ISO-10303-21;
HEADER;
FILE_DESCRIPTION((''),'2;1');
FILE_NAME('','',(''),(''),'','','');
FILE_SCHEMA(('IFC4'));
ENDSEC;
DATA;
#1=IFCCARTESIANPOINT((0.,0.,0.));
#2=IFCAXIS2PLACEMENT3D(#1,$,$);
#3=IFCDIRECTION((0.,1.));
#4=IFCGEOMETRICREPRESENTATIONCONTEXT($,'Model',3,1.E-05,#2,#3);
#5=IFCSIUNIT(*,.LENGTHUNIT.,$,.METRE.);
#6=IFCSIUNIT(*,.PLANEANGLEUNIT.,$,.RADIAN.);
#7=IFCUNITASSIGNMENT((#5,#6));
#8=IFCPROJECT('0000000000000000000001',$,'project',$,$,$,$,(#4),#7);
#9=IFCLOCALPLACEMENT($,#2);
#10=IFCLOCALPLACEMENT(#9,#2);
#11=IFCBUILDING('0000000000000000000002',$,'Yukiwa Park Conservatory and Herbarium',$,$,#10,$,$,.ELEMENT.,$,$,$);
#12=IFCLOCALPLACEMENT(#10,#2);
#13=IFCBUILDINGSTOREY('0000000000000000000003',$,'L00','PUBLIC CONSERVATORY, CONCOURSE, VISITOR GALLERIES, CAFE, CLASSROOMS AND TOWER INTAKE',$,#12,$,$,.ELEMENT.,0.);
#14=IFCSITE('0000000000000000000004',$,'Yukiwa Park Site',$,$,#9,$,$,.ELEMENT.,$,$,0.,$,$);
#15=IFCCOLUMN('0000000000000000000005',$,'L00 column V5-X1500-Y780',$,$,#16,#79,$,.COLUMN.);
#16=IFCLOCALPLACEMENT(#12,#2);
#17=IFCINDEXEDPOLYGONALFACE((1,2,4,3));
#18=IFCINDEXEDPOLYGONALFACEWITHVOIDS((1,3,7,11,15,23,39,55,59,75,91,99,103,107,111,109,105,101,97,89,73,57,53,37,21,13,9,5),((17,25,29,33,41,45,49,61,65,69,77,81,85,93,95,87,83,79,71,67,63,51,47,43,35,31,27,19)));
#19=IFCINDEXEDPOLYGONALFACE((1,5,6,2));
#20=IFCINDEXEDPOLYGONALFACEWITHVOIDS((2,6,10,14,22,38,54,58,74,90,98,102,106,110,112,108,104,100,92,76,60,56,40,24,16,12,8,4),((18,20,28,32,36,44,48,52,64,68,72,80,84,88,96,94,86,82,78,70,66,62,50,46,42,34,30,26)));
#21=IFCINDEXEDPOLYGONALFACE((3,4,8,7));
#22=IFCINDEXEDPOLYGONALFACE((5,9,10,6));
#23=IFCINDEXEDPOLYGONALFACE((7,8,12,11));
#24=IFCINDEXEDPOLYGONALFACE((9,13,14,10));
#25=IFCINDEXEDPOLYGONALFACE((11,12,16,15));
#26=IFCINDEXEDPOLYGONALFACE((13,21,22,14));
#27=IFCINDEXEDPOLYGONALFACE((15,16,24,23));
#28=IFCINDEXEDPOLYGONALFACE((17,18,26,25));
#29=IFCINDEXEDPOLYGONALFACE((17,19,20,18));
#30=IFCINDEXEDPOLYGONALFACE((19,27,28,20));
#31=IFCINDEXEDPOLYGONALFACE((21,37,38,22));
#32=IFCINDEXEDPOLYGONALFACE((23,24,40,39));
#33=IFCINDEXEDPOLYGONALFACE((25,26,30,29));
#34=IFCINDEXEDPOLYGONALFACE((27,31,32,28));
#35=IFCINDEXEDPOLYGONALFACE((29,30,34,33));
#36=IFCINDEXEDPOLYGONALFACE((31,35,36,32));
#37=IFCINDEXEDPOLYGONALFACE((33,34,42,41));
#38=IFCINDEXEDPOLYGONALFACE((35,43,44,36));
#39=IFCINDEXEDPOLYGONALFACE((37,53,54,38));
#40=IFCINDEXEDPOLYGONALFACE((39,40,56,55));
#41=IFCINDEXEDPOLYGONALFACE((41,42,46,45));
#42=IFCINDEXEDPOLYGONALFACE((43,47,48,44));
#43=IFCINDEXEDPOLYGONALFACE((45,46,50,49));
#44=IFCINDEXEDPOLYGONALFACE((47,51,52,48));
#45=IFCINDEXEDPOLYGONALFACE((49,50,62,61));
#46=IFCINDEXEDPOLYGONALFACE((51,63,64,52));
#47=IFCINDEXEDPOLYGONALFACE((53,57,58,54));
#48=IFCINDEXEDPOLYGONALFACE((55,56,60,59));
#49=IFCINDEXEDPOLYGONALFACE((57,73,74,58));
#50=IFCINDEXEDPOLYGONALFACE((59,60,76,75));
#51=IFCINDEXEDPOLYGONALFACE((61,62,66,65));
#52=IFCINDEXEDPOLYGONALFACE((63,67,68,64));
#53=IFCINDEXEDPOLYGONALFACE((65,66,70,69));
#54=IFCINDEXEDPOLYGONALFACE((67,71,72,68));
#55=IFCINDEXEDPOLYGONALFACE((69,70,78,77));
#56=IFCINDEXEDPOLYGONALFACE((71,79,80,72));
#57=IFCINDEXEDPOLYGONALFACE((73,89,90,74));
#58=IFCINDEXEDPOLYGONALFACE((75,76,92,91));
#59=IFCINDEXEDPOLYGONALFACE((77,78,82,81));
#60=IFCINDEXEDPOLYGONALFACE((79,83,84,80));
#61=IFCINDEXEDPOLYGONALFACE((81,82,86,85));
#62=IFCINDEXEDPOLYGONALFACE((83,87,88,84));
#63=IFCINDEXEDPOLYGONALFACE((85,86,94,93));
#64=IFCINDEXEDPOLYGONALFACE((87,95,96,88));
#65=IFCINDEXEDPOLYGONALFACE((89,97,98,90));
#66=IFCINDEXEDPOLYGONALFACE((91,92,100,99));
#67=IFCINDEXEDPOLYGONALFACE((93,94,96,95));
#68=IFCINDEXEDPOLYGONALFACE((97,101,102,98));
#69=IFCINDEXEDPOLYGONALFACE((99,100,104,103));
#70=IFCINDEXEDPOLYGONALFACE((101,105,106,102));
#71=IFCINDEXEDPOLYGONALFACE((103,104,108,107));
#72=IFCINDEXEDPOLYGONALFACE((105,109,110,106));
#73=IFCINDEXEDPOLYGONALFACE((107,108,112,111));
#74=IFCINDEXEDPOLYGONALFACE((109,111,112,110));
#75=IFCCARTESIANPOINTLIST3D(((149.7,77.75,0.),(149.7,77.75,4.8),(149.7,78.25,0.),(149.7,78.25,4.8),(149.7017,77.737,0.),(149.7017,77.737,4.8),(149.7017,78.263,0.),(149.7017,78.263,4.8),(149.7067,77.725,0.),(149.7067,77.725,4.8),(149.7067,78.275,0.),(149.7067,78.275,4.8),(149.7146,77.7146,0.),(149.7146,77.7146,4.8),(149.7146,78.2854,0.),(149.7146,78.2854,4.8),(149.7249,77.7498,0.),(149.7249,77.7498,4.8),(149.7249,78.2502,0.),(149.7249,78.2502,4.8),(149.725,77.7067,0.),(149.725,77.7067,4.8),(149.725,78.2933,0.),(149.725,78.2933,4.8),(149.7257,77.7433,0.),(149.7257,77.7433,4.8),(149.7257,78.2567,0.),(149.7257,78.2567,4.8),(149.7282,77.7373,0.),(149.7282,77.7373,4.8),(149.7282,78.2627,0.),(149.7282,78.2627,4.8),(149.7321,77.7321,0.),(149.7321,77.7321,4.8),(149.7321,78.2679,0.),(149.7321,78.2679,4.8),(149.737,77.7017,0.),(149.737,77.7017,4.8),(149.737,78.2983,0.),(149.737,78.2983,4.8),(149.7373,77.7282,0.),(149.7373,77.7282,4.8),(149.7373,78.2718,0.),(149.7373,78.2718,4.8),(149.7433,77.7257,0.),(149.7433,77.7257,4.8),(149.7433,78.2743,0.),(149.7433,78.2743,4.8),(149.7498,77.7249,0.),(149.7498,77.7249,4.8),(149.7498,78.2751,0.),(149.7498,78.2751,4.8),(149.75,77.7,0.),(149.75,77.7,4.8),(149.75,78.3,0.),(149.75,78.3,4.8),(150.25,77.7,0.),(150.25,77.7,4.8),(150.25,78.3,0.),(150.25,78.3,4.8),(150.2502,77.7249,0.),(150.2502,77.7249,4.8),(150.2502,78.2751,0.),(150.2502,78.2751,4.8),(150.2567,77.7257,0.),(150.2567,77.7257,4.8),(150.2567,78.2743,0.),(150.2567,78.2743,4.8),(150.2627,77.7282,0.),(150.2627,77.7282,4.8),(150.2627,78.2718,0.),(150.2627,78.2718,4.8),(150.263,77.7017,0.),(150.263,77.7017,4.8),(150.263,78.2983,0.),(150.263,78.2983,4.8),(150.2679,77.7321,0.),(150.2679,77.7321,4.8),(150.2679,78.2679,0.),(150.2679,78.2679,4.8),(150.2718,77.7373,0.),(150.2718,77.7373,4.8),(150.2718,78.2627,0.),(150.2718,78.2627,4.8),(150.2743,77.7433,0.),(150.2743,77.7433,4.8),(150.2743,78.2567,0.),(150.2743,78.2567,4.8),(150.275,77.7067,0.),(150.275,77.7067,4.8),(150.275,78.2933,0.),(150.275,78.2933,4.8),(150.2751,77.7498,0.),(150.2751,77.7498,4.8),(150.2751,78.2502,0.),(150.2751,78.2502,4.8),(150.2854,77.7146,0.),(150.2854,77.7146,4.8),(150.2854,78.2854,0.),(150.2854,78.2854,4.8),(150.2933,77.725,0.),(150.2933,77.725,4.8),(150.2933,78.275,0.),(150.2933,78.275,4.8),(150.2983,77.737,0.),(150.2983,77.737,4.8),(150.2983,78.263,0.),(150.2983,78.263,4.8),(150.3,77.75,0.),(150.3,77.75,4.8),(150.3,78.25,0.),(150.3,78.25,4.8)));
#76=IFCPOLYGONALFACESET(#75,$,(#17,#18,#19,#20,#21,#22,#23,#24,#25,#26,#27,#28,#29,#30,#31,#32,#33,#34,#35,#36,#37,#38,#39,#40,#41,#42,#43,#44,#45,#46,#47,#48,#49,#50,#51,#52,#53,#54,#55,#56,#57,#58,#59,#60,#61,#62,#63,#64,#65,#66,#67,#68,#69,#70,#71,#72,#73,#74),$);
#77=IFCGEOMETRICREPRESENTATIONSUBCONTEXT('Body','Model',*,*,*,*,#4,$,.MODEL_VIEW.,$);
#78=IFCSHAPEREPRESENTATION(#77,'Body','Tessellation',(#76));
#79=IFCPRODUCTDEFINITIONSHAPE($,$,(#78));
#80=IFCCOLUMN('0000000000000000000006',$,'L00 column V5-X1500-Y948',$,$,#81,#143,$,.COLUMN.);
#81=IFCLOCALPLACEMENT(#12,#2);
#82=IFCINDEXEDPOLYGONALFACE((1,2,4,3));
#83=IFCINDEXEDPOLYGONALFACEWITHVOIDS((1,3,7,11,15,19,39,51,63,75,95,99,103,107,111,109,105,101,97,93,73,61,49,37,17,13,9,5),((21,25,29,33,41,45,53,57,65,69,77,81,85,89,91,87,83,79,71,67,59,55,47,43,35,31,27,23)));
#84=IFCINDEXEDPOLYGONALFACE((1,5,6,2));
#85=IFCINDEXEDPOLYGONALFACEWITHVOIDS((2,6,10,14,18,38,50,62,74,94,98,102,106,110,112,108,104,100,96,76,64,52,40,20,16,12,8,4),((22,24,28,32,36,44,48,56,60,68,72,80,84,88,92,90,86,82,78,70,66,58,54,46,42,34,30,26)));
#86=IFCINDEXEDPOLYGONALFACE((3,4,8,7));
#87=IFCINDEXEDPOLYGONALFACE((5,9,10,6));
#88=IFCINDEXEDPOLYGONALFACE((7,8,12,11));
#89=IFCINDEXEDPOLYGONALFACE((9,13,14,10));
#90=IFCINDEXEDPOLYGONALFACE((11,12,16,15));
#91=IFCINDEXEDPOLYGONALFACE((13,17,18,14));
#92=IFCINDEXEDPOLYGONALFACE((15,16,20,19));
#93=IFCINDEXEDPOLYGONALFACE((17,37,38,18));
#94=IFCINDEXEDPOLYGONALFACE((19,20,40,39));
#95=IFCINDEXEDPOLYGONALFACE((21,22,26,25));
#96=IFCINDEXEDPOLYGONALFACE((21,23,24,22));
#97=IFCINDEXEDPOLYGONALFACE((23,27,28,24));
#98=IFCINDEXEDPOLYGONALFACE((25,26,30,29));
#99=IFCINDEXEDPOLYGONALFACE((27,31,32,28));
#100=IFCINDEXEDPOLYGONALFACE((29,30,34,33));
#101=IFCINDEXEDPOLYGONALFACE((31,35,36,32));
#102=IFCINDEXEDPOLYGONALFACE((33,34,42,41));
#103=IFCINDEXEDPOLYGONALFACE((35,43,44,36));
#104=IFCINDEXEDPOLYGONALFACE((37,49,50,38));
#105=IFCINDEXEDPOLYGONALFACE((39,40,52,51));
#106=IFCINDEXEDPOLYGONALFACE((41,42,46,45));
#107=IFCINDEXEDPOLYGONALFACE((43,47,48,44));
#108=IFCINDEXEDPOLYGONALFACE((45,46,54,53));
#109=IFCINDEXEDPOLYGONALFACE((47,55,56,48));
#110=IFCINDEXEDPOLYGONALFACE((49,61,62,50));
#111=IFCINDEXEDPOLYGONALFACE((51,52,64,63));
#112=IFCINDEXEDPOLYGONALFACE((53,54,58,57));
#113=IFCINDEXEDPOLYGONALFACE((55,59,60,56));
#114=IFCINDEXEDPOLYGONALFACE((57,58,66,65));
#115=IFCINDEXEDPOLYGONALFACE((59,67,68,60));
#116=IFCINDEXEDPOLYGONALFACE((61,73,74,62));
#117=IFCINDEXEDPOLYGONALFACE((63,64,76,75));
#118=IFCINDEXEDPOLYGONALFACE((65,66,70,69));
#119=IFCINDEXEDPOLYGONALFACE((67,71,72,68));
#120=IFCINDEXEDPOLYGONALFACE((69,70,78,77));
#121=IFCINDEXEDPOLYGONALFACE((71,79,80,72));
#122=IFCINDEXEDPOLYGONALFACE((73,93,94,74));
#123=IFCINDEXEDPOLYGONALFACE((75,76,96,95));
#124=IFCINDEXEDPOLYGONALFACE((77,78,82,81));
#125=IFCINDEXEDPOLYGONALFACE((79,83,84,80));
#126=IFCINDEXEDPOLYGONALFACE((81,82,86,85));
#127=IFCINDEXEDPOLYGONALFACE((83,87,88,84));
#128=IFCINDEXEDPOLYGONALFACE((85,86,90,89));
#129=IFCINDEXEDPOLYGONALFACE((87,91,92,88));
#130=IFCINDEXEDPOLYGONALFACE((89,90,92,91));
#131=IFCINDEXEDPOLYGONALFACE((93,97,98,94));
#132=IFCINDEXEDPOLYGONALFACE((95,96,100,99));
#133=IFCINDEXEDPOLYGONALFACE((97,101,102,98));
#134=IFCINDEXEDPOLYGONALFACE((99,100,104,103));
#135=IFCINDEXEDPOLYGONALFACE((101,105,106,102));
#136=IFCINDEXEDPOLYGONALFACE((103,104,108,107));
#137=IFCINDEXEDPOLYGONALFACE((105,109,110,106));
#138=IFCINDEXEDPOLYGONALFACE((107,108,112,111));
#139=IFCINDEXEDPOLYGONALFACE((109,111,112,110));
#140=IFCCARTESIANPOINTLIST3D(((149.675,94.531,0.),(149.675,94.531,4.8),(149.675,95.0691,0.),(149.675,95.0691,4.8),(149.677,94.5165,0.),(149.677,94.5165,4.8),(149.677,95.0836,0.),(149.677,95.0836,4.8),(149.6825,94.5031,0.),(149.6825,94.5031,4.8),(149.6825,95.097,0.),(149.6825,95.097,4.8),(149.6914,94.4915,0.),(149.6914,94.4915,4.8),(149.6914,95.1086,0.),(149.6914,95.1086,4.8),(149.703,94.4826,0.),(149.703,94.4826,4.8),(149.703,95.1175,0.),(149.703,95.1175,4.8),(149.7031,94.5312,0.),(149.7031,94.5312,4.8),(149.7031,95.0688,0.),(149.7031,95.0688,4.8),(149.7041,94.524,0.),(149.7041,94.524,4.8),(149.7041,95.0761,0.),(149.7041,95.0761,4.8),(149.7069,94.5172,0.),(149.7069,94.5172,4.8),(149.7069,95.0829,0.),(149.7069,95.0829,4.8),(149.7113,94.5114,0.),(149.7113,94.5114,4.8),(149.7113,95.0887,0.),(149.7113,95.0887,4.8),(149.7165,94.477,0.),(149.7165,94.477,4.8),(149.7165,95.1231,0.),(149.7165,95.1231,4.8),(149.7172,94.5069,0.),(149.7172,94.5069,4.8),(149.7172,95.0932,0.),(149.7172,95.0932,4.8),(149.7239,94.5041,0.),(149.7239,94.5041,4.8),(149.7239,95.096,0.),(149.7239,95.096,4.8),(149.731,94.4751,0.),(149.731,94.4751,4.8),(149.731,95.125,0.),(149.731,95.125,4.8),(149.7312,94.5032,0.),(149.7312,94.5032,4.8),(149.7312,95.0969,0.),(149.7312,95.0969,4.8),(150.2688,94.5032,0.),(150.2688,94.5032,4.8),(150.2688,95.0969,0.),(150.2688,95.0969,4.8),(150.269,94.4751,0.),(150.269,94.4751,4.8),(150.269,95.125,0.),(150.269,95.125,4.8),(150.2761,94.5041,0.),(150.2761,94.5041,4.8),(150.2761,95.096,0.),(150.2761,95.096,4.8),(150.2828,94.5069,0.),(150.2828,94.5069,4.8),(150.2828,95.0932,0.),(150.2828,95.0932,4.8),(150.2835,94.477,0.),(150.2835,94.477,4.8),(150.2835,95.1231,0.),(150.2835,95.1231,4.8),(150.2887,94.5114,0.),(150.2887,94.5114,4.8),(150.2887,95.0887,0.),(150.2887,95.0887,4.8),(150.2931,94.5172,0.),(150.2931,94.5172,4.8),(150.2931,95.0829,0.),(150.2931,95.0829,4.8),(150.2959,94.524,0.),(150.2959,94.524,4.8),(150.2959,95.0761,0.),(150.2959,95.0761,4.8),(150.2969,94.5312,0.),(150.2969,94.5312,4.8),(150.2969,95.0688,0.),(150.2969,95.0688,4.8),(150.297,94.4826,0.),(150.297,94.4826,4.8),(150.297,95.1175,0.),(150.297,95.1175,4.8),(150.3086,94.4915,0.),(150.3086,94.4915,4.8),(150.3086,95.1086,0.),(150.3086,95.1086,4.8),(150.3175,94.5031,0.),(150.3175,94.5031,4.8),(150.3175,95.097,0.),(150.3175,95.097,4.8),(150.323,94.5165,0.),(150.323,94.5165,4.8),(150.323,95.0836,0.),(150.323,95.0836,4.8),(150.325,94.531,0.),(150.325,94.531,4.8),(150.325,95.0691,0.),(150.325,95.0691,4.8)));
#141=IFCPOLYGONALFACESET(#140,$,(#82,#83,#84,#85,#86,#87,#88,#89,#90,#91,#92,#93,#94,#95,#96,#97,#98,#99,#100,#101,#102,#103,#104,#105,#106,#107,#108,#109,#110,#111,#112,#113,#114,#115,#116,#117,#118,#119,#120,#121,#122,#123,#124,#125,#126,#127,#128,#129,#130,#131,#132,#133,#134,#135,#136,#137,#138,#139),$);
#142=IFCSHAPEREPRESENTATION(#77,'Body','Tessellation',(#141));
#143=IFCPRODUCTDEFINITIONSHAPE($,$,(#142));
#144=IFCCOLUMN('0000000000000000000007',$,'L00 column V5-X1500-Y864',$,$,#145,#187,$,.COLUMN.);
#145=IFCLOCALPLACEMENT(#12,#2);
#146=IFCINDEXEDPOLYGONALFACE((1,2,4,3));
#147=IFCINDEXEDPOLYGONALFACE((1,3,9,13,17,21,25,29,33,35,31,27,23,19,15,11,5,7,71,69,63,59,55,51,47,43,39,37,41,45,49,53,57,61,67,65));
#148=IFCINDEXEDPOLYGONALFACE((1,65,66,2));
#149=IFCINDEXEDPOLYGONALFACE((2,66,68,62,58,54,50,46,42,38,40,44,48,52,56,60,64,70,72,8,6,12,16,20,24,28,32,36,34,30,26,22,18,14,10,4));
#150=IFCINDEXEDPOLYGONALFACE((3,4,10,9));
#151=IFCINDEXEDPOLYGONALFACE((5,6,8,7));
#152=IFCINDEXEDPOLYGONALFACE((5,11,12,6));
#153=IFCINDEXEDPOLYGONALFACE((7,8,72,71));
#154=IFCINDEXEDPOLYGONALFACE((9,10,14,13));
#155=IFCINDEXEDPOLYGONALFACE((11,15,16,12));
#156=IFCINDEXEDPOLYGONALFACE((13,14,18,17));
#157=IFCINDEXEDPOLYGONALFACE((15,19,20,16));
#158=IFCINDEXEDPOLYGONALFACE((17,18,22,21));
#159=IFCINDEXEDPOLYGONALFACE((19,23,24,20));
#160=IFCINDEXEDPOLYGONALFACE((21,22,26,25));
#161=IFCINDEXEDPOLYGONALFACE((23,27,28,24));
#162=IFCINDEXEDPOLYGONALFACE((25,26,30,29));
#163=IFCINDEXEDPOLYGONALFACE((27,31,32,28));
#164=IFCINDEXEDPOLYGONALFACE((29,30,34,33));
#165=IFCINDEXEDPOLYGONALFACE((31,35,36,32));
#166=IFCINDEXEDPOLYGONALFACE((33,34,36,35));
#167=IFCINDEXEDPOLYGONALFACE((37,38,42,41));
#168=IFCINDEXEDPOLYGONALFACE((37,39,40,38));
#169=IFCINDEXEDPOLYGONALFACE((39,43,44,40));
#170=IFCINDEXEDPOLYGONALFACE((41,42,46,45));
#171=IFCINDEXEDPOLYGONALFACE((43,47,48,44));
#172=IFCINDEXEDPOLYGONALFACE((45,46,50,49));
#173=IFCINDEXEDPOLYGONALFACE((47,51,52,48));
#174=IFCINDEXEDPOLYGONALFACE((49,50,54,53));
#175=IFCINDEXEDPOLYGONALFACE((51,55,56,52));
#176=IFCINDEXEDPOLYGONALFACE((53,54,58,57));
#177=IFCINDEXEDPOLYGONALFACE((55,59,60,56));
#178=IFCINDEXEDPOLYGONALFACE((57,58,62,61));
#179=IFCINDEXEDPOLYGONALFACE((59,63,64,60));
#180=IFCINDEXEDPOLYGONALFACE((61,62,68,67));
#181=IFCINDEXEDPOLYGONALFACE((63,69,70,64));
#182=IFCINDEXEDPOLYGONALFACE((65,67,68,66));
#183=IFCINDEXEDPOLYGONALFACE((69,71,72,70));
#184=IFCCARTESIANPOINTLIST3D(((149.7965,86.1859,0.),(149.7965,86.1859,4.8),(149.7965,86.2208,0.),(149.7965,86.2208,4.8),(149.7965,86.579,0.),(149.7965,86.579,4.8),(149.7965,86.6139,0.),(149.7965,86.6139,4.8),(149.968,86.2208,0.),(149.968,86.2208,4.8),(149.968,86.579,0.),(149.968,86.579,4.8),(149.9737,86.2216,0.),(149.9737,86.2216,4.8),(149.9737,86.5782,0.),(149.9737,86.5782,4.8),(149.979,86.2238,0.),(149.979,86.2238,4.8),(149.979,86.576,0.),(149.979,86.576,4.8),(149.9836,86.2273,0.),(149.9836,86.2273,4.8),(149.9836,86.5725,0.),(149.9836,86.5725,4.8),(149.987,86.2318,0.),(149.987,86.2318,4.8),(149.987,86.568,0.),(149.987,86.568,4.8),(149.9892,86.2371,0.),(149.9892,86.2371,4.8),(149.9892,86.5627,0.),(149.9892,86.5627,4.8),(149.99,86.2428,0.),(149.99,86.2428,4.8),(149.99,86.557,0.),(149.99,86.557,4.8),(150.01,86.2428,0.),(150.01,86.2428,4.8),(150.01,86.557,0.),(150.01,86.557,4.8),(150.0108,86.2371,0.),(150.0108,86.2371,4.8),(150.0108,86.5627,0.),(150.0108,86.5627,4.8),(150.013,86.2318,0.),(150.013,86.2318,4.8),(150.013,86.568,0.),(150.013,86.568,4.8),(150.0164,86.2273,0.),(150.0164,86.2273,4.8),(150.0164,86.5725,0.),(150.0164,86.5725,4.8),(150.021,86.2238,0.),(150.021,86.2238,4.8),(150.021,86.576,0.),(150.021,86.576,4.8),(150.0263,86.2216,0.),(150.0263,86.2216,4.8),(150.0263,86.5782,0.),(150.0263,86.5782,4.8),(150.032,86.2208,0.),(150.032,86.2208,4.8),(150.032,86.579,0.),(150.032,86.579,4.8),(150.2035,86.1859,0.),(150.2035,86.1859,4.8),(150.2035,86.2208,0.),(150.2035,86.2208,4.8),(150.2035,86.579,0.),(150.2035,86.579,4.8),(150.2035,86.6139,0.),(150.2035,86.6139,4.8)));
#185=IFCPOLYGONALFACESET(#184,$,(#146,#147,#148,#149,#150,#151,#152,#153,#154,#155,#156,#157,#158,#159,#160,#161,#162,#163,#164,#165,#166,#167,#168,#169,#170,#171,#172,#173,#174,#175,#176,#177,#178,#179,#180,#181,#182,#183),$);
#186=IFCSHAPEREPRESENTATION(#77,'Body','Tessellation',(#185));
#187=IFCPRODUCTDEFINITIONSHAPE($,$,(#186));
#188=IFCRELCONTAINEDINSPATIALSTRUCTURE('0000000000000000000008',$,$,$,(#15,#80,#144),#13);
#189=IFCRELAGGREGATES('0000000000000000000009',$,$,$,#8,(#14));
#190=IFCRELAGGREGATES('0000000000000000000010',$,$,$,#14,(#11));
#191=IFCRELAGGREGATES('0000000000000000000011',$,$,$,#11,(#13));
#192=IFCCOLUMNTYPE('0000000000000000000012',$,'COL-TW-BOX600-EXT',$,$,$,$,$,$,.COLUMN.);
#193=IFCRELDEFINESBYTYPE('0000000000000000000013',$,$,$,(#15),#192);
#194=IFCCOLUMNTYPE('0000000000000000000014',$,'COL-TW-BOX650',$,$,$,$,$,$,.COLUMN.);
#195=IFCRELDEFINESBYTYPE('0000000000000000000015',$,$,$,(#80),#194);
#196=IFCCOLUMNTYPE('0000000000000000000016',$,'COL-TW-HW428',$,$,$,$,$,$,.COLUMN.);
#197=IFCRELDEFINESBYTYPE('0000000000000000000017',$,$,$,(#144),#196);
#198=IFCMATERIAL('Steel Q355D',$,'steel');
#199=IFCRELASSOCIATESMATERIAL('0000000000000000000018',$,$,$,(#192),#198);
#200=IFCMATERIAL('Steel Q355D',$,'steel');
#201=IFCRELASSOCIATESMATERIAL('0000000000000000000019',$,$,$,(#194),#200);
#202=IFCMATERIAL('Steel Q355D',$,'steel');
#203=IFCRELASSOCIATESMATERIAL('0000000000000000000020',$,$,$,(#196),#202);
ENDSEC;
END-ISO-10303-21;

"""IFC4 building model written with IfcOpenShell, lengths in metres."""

from ifc_helpers import new_model, si_unit, direction, frame, origin, origin_2d, place, context, subcontext, project, spatial, hollow_rectangle, i_section, extrude, material, material_profile, profile_set, type_object, element, save


model = new_model("IFC4")

# Units and contexts
model_context = context("Model", 3, precision=1e-05, world=origin(), true_north=direction((0.0, 1.0)))
body_context = subcontext(model_context, "Body", "Model", "MODEL_VIEW")
ifc_project = project(units=[si_unit("LENGTHUNIT", "METRE"), si_unit("PLANEANGLEUNIT", "RADIAN")], contexts=[model_context])

# Site, building, storey
site_placement = place(None, origin())
site = spatial("IfcSite", under=ifc_project, at=site_placement, Name="Yukiwa Park Site", CompositionType="ELEMENT", RefElevation=0.0)
building_placement = place(site_placement, origin())
building = spatial("IfcBuilding", under=site, at=building_placement, Name="Yukiwa Park Conservatory and Herbarium", CompositionType="ELEMENT")
storey_placement = place(building_placement, origin())
storey = spatial("IfcBuildingStorey", under=building, at=storey_placement, Name="L00", Description="PUBLIC CONSERVATORY, CONCOURSE, VISITOR GALLERIES, CAFE, CLASSROOMS AND TOWER INTAKE", CompositionType="ELEMENT", Elevation=0.0)

# Columns
ifc_material_1 = material(Name="Steel Q355D", Category="steel")
ifc_material_profile_1 = material_profile(ifc_material_1, hollow_rectangle(XDim=0.6001, YDim=0.6001, WallThickness=0.0249, InnerFilletRadius=0.0249, OuterFilletRadius=0.05, at=origin_2d()), Name="BOX 600x600x25")
ifc_profile_set_1 = profile_set([ifc_material_profile_1], Name="Steel Q355D")
column_type_1 = type_object("IfcColumnType", Name="COL-TW-BOX600-EXT", PredefinedType="COLUMN", material=ifc_profile_set_1)
column_1_placement = place(storey_placement, frame((150.0, 78.0, 0.0), z_axis=(0.0, 0.0, 1.0), x_axis=(1.0, 0.0, 0.0)))
element("IfcColumn", 1, at=column_1_placement, inside=storey, type_object=column_type_1, Name="L00 column V5-X1500-Y780", PredefinedType="COLUMN", context=body_context, shape_type="SweptSolid", body=[
    extrude(hollow_rectangle(XDim=0.6001, YDim=0.6001, WallThickness=0.0249, InnerFilletRadius=0.0249, OuterFilletRadius=0.05, at=origin_2d()), origin(), (0.0, 0.0, 1.0), 4.8),
])
ifc_material_2 = material(Name="Steel Q355D", Category="steel")
ifc_material_profile_2 = material_profile(ifc_material_2, hollow_rectangle(XDim=0.6499, YDim=0.6499, WallThickness=0.0281, InnerFilletRadius=0.0281, OuterFilletRadius=0.0559, at=origin_2d()), Name="BOX 650x650x28")
ifc_profile_set_2 = profile_set([ifc_material_profile_2], Name="Steel Q355D")
column_type_2 = type_object("IfcColumnType", Name="COL-TW-BOX650", PredefinedType="COLUMN", material=ifc_profile_set_2)
column_2_placement = place(storey_placement, frame((150.0, 94.8, 0.0), z_axis=(0.0, 0.0, 1.0), x_axis=(1.0, 0.0, 0.0)))
element("IfcColumn", 2, at=column_2_placement, inside=storey, type_object=column_type_2, Name="L00 column V5-X1500-Y948", PredefinedType="COLUMN", context=body_context, shape_type="SweptSolid", body=[
    extrude(hollow_rectangle(XDim=0.6499, YDim=0.6499, WallThickness=0.0281, InnerFilletRadius=0.0281, OuterFilletRadius=0.0559, at=origin_2d()), origin(), (0.0, 0.0, 1.0), 4.8),
])
ifc_material_3 = material(Name="Steel Q355D", Category="steel")
ifc_material_profile_3 = material_profile(ifc_material_3, i_section(OverallWidth=0.407, OverallDepth=0.428, WebThickness=0.02, FlangeThickness=0.0349, FilletRadius=0.022, at=origin_2d()), Name="HW 428x407x20x35")
ifc_profile_set_3 = profile_set([ifc_material_profile_3], Name="Steel Q355D")
column_type_3 = type_object("IfcColumnType", Name="COL-TW-HW428", PredefinedType="COLUMN", material=ifc_profile_set_3)
column_3_placement = place(storey_placement, frame((150.0, 86.3999, 0.0), z_axis=(0.0, 0.0, 1.0), x_axis=(1.0, 0.0, 0.0)))
element("IfcColumn", 3, at=column_3_placement, inside=storey, type_object=column_type_3, Name="L00 column V5-X1500-Y864", PredefinedType="COLUMN", context=body_context, shape_type="SweptSolid", body=[
    extrude(i_section(OverallWidth=0.407, OverallDepth=0.428, WebThickness=0.02, FlangeThickness=0.0349, FilletRadius=0.022, at=origin_2d()), origin(), (0.0, 0.0, 1.0), 4.8),
])

save(model, "model.ifc")
